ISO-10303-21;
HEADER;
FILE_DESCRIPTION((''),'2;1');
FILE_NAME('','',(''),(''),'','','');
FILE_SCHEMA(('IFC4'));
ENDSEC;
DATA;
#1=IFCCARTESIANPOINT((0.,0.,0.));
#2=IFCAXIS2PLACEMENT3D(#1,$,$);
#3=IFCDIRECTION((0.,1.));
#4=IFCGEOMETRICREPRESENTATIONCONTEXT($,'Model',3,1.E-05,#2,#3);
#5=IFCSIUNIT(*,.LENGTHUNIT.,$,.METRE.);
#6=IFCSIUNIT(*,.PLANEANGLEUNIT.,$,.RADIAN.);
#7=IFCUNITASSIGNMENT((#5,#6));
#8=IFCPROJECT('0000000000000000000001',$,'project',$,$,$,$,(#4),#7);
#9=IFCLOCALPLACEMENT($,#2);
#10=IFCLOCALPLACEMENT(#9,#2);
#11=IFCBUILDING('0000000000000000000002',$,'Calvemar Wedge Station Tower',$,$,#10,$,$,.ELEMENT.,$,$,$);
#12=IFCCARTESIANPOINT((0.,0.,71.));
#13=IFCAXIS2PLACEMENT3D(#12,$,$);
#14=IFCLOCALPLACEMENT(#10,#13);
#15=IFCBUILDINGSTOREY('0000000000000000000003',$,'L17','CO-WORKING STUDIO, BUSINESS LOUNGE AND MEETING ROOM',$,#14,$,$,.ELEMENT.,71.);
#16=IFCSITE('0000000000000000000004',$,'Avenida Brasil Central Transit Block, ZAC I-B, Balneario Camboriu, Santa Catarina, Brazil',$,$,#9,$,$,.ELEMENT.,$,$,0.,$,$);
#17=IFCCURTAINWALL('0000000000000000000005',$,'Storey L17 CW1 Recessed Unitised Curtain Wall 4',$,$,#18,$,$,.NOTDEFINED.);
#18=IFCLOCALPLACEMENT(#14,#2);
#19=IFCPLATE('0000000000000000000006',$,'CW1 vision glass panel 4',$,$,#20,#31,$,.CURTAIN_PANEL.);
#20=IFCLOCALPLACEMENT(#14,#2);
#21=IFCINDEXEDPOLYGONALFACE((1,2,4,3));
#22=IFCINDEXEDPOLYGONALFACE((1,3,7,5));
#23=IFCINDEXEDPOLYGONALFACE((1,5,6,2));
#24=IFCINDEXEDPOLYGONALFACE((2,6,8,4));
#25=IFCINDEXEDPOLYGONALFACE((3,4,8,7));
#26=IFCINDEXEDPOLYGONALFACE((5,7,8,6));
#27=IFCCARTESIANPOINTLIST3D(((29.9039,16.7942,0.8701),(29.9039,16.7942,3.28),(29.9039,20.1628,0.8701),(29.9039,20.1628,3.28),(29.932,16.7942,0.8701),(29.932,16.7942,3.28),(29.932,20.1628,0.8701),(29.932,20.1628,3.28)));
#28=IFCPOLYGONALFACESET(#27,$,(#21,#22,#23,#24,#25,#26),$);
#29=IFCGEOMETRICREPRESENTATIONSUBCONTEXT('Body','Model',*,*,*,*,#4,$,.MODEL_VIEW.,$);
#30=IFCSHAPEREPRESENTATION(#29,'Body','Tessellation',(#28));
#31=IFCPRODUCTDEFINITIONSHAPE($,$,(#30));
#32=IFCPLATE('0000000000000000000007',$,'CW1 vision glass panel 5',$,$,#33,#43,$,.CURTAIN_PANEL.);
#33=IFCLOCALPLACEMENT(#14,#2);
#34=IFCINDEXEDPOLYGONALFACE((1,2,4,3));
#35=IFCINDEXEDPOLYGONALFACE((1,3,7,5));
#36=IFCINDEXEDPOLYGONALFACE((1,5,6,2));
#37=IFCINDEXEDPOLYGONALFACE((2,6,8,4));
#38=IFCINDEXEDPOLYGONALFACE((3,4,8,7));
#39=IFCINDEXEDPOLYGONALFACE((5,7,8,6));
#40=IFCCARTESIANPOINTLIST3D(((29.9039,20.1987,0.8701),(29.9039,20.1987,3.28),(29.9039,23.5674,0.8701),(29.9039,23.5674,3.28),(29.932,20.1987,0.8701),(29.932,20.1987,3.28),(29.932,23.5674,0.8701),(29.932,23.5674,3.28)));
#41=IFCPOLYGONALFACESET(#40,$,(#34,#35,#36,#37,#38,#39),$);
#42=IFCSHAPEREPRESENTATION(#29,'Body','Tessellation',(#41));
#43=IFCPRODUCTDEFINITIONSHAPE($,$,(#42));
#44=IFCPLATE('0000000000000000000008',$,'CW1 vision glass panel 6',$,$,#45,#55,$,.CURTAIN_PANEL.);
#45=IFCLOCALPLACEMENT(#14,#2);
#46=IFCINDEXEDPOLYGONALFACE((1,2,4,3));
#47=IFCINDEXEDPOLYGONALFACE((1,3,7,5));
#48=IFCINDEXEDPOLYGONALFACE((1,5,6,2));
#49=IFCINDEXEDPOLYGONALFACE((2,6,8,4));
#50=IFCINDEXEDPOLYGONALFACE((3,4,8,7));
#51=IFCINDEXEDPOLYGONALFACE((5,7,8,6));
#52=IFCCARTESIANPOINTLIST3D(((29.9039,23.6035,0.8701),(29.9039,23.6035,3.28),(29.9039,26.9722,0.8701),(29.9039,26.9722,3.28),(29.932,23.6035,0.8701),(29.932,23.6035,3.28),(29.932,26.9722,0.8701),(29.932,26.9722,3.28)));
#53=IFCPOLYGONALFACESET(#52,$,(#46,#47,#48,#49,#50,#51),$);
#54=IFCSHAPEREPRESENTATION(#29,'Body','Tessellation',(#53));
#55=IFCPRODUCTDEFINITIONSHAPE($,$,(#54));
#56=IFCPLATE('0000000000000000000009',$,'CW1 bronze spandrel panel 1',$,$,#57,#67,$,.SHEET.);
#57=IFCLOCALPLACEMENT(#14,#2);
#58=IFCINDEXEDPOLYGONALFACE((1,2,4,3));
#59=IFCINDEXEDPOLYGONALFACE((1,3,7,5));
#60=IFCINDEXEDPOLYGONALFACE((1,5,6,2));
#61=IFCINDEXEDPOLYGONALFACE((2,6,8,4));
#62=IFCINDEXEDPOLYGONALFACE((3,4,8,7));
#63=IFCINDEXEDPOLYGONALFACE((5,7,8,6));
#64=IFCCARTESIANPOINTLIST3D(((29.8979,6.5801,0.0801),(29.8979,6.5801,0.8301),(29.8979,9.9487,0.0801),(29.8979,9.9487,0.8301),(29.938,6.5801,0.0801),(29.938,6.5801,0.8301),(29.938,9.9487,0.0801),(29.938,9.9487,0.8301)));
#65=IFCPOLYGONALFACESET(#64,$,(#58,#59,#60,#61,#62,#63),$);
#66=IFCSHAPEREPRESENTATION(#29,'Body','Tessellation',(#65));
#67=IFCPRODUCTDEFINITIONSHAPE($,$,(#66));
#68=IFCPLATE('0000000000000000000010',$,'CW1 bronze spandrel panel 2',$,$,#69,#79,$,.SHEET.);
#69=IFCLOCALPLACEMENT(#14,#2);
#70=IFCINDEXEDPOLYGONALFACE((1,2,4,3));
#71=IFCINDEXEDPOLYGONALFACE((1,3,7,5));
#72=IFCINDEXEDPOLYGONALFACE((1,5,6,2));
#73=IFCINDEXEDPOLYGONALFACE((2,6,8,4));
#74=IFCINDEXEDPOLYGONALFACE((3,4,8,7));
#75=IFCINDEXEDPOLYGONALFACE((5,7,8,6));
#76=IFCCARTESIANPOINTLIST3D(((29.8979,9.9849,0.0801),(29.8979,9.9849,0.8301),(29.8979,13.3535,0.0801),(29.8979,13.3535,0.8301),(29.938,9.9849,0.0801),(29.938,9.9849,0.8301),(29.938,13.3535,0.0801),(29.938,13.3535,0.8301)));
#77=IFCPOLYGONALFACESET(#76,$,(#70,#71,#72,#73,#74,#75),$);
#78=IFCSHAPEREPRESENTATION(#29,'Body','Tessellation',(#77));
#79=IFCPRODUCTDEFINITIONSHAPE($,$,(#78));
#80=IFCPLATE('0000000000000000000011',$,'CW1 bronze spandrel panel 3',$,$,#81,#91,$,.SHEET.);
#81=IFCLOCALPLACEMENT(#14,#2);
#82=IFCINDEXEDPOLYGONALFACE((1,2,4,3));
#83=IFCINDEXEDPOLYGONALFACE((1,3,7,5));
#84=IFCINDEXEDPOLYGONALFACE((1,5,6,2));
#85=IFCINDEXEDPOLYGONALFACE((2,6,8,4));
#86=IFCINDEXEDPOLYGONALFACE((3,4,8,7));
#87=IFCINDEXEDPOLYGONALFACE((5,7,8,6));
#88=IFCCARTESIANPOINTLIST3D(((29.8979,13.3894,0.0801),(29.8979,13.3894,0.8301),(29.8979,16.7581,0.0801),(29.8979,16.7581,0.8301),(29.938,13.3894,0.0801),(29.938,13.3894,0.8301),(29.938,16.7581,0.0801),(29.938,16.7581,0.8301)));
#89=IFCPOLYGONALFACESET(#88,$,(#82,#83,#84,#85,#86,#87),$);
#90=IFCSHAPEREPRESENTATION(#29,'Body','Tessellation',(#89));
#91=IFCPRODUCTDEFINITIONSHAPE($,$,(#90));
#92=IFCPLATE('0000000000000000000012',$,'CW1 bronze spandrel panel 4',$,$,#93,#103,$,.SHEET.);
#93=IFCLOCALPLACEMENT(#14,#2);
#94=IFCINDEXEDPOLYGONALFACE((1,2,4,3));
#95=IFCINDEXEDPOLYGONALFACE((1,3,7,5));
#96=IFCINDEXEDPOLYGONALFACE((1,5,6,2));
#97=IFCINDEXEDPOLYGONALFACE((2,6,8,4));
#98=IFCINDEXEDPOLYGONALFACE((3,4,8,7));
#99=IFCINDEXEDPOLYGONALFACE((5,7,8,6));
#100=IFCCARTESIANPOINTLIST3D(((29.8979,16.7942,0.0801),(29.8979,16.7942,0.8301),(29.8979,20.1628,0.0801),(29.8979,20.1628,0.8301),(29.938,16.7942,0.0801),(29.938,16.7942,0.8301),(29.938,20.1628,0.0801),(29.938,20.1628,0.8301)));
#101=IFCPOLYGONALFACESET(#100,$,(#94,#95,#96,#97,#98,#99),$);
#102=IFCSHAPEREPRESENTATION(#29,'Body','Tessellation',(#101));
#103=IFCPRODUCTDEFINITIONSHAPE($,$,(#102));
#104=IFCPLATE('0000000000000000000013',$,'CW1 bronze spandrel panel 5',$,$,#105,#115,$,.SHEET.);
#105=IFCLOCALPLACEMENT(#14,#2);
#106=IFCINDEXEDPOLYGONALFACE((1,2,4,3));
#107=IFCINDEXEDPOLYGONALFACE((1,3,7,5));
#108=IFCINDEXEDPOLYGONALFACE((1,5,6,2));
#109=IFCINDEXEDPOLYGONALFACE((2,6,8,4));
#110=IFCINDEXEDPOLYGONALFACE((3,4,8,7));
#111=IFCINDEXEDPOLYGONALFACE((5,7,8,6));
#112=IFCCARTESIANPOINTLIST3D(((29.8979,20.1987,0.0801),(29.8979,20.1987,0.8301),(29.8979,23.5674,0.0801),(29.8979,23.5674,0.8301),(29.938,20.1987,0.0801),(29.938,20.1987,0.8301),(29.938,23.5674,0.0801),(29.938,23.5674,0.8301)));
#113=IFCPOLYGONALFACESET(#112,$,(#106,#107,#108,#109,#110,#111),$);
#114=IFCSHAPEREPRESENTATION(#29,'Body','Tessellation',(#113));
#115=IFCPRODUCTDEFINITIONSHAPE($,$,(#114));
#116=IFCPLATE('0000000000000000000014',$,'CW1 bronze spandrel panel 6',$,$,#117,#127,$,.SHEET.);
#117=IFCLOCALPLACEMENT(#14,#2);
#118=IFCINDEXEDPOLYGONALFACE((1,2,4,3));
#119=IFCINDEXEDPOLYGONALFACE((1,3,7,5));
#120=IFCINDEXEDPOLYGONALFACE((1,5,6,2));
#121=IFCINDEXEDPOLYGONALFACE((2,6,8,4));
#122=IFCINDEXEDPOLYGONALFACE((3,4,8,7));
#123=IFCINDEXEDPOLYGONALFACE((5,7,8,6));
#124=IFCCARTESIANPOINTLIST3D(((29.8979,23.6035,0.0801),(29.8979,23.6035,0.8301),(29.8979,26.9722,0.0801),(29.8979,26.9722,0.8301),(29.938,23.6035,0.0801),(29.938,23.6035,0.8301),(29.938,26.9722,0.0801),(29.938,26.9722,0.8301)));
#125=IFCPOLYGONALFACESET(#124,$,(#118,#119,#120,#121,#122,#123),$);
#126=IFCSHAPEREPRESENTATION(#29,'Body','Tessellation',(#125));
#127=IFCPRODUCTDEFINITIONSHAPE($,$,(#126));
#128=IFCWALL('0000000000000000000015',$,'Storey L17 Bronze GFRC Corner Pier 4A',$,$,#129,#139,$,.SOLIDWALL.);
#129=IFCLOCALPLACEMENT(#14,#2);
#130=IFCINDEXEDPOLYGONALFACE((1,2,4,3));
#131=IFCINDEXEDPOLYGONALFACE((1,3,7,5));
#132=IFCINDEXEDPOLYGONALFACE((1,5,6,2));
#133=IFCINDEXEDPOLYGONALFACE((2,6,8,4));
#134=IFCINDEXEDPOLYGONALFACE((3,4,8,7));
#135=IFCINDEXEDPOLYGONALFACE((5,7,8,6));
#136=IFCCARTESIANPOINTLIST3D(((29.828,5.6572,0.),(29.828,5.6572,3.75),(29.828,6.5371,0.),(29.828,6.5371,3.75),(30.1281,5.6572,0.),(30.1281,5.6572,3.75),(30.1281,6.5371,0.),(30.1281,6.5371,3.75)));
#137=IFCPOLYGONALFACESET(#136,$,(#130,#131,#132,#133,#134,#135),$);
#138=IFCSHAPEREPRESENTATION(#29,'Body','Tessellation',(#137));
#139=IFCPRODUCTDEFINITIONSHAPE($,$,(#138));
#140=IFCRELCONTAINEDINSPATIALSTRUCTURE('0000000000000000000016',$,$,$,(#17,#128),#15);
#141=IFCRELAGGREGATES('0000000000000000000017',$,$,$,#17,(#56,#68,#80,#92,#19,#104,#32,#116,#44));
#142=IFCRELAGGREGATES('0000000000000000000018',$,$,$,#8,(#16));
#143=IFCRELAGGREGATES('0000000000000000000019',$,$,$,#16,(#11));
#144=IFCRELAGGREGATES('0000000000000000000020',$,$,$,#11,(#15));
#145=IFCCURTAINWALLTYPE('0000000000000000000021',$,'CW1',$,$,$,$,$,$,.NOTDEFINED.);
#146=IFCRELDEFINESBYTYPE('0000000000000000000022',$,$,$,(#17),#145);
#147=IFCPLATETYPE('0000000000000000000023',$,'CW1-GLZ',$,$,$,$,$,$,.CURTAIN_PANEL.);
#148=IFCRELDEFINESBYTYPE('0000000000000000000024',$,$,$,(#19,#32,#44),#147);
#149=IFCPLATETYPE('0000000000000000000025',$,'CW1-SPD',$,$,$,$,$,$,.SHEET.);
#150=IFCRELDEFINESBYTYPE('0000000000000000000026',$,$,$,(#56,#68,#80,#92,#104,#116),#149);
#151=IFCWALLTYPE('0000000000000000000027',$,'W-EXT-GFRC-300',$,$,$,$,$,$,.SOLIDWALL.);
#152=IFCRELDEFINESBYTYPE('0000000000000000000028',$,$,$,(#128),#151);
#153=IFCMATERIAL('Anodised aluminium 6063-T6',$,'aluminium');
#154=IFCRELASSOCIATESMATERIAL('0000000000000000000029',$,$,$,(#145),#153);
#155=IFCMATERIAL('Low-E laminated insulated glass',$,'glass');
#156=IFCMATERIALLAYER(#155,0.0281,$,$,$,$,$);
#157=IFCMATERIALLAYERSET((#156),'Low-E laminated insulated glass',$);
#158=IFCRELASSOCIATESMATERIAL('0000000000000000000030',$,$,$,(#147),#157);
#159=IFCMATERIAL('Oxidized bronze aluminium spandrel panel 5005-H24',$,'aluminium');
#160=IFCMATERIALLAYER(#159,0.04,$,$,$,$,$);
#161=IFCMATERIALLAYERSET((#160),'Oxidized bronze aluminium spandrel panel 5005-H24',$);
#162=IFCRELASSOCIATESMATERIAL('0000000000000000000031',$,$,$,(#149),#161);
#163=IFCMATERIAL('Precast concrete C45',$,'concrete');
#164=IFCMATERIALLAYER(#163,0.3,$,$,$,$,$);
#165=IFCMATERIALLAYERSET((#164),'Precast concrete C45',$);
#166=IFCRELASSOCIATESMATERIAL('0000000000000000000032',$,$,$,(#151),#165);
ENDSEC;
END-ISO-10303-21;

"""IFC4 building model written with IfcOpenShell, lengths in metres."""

from ifc_helpers import new_model, si_unit, direction, frame, frame_2d, origin, place, context, subcontext, project, spatial, rectangle, extrude, material, layer, layer_set, type_object, element, aggregate, save


model = new_model("IFC4")

# Units and contexts
model_context = context("Model", 3, precision=1e-05, world=origin(), true_north=direction((0.0, 1.0)))
body_context = subcontext(model_context, "Body", "Model", "MODEL_VIEW")
ifc_project = project(units=[si_unit("LENGTHUNIT", "METRE"), si_unit("PLANEANGLEUNIT", "RADIAN")], contexts=[model_context])

# Site, building, storey
site_placement = place(None, origin())
site = spatial("IfcSite", under=ifc_project, at=site_placement, Name="Avenida Brasil Central Transit Block, ZAC I-B, Balneario Camboriu, Santa Catarina, Brazil", CompositionType="ELEMENT", RefElevation=0.0)
building_placement = place(site_placement, origin())
building = spatial("IfcBuilding", under=site, at=building_placement, Name="Calvemar Wedge Station Tower", CompositionType="ELEMENT")
storey_placement = place(building_placement, frame((0.0, 0.0, 71.0)))
storey = spatial("IfcBuildingStorey", under=building, at=storey_placement, Name="L17", Description="CO-WORKING STUDIO, BUSINESS LOUNGE AND MEETING ROOM", CompositionType="ELEMENT", Elevation=71.0)

# Curtain wall, plates
ifc_material_1 = material(Name="Anodised aluminium 6063-T6", Category="aluminium")
curtain_wall_type = type_object("IfcCurtainWallType", Name="CW1", PredefinedType="NOTDEFINED", material=ifc_material_1)
curtain_wall_placement = place(storey_placement, origin())
curtain_wall = element("IfcCurtainWall", 1, at=curtain_wall_placement, inside=storey, type_object=curtain_wall_type, Name="Storey L17 CW1 Recessed Unitised Curtain Wall 4", PredefinedType="NOTDEFINED")
ifc_material_2 = material(Name="Low-E laminated insulated glass", Category="glass")
ifc_layer_1 = layer(ifc_material_2, 0.0281)
ifc_layer_set_1 = layer_set([ifc_layer_1], Name="Low-E laminated insulated glass")
plate_type_1 = type_object("IfcPlateType", Name="CW1-GLZ", PredefinedType="CURTAIN_PANEL", material=ifc_layer_set_1)
plate_1_placement = place(storey_placement, frame((29.918, 16.7942, 0.8701), z_axis=(0.0, 0.0, 1.0), x_axis=(0.0, 1.0, 0.0)))
plate_1 = element("IfcPlate", 2, at=plate_1_placement, type_object=plate_type_1, Name="CW1 vision glass panel 4", PredefinedType="CURTAIN_PANEL", context=body_context, shape_type="SweptSolid", body=[
    extrude(rectangle(XDim=3.3687, YDim=0.0281, at=frame_2d((1.6843, 0.0))), origin(), (0.0, 0.0, 1.0), 2.4099),
])
plate_2_placement = place(storey_placement, frame((29.918, 20.1987, 0.8701), z_axis=(0.0, 0.0, 1.0), x_axis=(0.0, 1.0, 0.0)))
plate_2 = element("IfcPlate", 3, at=plate_2_placement, type_object=plate_type_1, Name="CW1 vision glass panel 5", PredefinedType="CURTAIN_PANEL", context=body_context, shape_type="SweptSolid", body=[
    extrude(rectangle(XDim=3.3687, YDim=0.0281, at=frame_2d((1.6843, 0.0))), origin(), (0.0, 0.0, 1.0), 2.4099),
])
plate_3_placement = place(storey_placement, frame((29.918, 23.6035, 0.8701), z_axis=(0.0, 0.0, 1.0), x_axis=(0.0, 1.0, 0.0)))
plate_3 = element("IfcPlate", 4, at=plate_3_placement, type_object=plate_type_1, Name="CW1 vision glass panel 6", PredefinedType="CURTAIN_PANEL", context=body_context, shape_type="SweptSolid", body=[
    extrude(rectangle(XDim=3.3687, YDim=0.0281, at=frame_2d((1.6843, 0.0))), origin(), (0.0, 0.0, 1.0), 2.4099),
])
ifc_material_3 = material(Name="Oxidized bronze aluminium spandrel panel 5005-H24", Category="aluminium")
ifc_layer_2 = layer(ifc_material_3, 0.04)
ifc_layer_set_2 = layer_set([ifc_layer_2], Name="Oxidized bronze aluminium spandrel panel 5005-H24")
plate_type_2 = type_object("IfcPlateType", Name="CW1-SPD", PredefinedType="SHEET", material=ifc_layer_set_2)
plate_4_placement = place(storey_placement, frame((29.918, 6.5801, 0.0801), z_axis=(0.0, 0.0, 1.0), x_axis=(0.0, 1.0, 0.0)))
plate_4 = element("IfcPlate", 5, at=plate_4_placement, type_object=plate_type_2, Name="CW1 bronze spandrel panel 1", PredefinedType="SHEET", context=body_context, shape_type="SweptSolid", body=[
    extrude(rectangle(XDim=3.3687, YDim=0.04, at=frame_2d((1.6843, 0.0))), origin(), (0.0, 0.0, 1.0), 0.75),
])
plate_5_placement = place(storey_placement, frame((29.918, 9.9849, 0.0801), z_axis=(0.0, 0.0, 1.0), x_axis=(0.0, 1.0, 0.0)))
plate_5 = element("IfcPlate", 6, at=plate_5_placement, type_object=plate_type_2, Name="CW1 bronze spandrel panel 2", PredefinedType="SHEET", context=body_context, shape_type="SweptSolid", body=[
    extrude(rectangle(XDim=3.3687, YDim=0.04, at=frame_2d((1.6843, 0.0))), origin(), (0.0, 0.0, 1.0), 0.75),
])
plate_6_placement = place(storey_placement, frame((29.918, 13.3894, 0.0801), z_axis=(0.0, 0.0, 1.0), x_axis=(0.0, 1.0, 0.0)))
plate_6 = element("IfcPlate", 7, at=plate_6_placement, type_object=plate_type_2, Name="CW1 bronze spandrel panel 3", PredefinedType="SHEET", context=body_context, shape_type="SweptSolid", body=[
    extrude(rectangle(XDim=3.3687, YDim=0.04, at=frame_2d((1.6843, 0.0))), origin(), (0.0, 0.0, 1.0), 0.75),
])
plate_7_placement = place(storey_placement, frame((29.918, 16.7942, 0.0801), z_axis=(0.0, 0.0, 1.0), x_axis=(0.0, 1.0, 0.0)))
plate_7 = element("IfcPlate", 8, at=plate_7_placement, type_object=plate_type_2, Name="CW1 bronze spandrel panel 4", PredefinedType="SHEET", context=body_context, shape_type="SweptSolid", body=[
    extrude(rectangle(XDim=3.3687, YDim=0.04, at=frame_2d((1.6843, 0.0))), origin(), (0.0, 0.0, 1.0), 0.75),
])
plate_8_placement = place(storey_placement, frame((29.918, 20.1987, 0.0801), z_axis=(0.0, 0.0, 1.0), x_axis=(0.0, 1.0, 0.0)))
plate_8 = element("IfcPlate", 9, at=plate_8_placement, type_object=plate_type_2, Name="CW1 bronze spandrel panel 5", PredefinedType="SHEET", context=body_context, shape_type="SweptSolid", body=[
    extrude(rectangle(XDim=3.3687, YDim=0.04, at=frame_2d((1.6843, 0.0))), origin(), (0.0, 0.0, 1.0), 0.75),
])
plate_9_placement = place(storey_placement, frame((29.918, 23.6035, 0.0801), z_axis=(0.0, 0.0, 1.0), x_axis=(0.0, 1.0, 0.0)))
plate_9 = element("IfcPlate", 10, at=plate_9_placement, type_object=plate_type_2, Name="CW1 bronze spandrel panel 6", PredefinedType="SHEET", context=body_context, shape_type="SweptSolid", body=[
    extrude(rectangle(XDim=3.3687, YDim=0.04, at=frame_2d((1.6843, 0.0))), origin(), (0.0, 0.0, 1.0), 0.75),
])
aggregate(curtain_wall, [plate_4, plate_5, plate_6, plate_7, plate_1, plate_8, plate_2, plate_9, plate_3])

# Wall
ifc_material_4 = material(Name="Precast concrete C45", Category="concrete")
ifc_layer_3 = layer(ifc_material_4, 0.3)
ifc_layer_set_3 = layer_set([ifc_layer_3], Name="Precast concrete C45")
wall_type = type_object("IfcWallType", Name="W-EXT-GFRC-300", PredefinedType="SOLIDWALL", material=ifc_layer_set_3)
wall_placement = place(storey_placement, frame((29.978, 5.6572, 0.0), z_axis=(0.0, 0.0, 1.0), x_axis=(0.0, 1.0, 0.0)))
element("IfcWall", 11, at=wall_placement, inside=storey, type_object=wall_type, Name="Storey L17 Bronze GFRC Corner Pier 4A", PredefinedType="SOLIDWALL", context=body_context, shape_type="SweptSolid", body=[
    extrude(rectangle(XDim=0.8799, YDim=0.3, at=frame_2d((0.4399, 0.0))), origin(), (0.0, 0.0, 1.0), 3.75),
])

save(model, "model.ifc")
